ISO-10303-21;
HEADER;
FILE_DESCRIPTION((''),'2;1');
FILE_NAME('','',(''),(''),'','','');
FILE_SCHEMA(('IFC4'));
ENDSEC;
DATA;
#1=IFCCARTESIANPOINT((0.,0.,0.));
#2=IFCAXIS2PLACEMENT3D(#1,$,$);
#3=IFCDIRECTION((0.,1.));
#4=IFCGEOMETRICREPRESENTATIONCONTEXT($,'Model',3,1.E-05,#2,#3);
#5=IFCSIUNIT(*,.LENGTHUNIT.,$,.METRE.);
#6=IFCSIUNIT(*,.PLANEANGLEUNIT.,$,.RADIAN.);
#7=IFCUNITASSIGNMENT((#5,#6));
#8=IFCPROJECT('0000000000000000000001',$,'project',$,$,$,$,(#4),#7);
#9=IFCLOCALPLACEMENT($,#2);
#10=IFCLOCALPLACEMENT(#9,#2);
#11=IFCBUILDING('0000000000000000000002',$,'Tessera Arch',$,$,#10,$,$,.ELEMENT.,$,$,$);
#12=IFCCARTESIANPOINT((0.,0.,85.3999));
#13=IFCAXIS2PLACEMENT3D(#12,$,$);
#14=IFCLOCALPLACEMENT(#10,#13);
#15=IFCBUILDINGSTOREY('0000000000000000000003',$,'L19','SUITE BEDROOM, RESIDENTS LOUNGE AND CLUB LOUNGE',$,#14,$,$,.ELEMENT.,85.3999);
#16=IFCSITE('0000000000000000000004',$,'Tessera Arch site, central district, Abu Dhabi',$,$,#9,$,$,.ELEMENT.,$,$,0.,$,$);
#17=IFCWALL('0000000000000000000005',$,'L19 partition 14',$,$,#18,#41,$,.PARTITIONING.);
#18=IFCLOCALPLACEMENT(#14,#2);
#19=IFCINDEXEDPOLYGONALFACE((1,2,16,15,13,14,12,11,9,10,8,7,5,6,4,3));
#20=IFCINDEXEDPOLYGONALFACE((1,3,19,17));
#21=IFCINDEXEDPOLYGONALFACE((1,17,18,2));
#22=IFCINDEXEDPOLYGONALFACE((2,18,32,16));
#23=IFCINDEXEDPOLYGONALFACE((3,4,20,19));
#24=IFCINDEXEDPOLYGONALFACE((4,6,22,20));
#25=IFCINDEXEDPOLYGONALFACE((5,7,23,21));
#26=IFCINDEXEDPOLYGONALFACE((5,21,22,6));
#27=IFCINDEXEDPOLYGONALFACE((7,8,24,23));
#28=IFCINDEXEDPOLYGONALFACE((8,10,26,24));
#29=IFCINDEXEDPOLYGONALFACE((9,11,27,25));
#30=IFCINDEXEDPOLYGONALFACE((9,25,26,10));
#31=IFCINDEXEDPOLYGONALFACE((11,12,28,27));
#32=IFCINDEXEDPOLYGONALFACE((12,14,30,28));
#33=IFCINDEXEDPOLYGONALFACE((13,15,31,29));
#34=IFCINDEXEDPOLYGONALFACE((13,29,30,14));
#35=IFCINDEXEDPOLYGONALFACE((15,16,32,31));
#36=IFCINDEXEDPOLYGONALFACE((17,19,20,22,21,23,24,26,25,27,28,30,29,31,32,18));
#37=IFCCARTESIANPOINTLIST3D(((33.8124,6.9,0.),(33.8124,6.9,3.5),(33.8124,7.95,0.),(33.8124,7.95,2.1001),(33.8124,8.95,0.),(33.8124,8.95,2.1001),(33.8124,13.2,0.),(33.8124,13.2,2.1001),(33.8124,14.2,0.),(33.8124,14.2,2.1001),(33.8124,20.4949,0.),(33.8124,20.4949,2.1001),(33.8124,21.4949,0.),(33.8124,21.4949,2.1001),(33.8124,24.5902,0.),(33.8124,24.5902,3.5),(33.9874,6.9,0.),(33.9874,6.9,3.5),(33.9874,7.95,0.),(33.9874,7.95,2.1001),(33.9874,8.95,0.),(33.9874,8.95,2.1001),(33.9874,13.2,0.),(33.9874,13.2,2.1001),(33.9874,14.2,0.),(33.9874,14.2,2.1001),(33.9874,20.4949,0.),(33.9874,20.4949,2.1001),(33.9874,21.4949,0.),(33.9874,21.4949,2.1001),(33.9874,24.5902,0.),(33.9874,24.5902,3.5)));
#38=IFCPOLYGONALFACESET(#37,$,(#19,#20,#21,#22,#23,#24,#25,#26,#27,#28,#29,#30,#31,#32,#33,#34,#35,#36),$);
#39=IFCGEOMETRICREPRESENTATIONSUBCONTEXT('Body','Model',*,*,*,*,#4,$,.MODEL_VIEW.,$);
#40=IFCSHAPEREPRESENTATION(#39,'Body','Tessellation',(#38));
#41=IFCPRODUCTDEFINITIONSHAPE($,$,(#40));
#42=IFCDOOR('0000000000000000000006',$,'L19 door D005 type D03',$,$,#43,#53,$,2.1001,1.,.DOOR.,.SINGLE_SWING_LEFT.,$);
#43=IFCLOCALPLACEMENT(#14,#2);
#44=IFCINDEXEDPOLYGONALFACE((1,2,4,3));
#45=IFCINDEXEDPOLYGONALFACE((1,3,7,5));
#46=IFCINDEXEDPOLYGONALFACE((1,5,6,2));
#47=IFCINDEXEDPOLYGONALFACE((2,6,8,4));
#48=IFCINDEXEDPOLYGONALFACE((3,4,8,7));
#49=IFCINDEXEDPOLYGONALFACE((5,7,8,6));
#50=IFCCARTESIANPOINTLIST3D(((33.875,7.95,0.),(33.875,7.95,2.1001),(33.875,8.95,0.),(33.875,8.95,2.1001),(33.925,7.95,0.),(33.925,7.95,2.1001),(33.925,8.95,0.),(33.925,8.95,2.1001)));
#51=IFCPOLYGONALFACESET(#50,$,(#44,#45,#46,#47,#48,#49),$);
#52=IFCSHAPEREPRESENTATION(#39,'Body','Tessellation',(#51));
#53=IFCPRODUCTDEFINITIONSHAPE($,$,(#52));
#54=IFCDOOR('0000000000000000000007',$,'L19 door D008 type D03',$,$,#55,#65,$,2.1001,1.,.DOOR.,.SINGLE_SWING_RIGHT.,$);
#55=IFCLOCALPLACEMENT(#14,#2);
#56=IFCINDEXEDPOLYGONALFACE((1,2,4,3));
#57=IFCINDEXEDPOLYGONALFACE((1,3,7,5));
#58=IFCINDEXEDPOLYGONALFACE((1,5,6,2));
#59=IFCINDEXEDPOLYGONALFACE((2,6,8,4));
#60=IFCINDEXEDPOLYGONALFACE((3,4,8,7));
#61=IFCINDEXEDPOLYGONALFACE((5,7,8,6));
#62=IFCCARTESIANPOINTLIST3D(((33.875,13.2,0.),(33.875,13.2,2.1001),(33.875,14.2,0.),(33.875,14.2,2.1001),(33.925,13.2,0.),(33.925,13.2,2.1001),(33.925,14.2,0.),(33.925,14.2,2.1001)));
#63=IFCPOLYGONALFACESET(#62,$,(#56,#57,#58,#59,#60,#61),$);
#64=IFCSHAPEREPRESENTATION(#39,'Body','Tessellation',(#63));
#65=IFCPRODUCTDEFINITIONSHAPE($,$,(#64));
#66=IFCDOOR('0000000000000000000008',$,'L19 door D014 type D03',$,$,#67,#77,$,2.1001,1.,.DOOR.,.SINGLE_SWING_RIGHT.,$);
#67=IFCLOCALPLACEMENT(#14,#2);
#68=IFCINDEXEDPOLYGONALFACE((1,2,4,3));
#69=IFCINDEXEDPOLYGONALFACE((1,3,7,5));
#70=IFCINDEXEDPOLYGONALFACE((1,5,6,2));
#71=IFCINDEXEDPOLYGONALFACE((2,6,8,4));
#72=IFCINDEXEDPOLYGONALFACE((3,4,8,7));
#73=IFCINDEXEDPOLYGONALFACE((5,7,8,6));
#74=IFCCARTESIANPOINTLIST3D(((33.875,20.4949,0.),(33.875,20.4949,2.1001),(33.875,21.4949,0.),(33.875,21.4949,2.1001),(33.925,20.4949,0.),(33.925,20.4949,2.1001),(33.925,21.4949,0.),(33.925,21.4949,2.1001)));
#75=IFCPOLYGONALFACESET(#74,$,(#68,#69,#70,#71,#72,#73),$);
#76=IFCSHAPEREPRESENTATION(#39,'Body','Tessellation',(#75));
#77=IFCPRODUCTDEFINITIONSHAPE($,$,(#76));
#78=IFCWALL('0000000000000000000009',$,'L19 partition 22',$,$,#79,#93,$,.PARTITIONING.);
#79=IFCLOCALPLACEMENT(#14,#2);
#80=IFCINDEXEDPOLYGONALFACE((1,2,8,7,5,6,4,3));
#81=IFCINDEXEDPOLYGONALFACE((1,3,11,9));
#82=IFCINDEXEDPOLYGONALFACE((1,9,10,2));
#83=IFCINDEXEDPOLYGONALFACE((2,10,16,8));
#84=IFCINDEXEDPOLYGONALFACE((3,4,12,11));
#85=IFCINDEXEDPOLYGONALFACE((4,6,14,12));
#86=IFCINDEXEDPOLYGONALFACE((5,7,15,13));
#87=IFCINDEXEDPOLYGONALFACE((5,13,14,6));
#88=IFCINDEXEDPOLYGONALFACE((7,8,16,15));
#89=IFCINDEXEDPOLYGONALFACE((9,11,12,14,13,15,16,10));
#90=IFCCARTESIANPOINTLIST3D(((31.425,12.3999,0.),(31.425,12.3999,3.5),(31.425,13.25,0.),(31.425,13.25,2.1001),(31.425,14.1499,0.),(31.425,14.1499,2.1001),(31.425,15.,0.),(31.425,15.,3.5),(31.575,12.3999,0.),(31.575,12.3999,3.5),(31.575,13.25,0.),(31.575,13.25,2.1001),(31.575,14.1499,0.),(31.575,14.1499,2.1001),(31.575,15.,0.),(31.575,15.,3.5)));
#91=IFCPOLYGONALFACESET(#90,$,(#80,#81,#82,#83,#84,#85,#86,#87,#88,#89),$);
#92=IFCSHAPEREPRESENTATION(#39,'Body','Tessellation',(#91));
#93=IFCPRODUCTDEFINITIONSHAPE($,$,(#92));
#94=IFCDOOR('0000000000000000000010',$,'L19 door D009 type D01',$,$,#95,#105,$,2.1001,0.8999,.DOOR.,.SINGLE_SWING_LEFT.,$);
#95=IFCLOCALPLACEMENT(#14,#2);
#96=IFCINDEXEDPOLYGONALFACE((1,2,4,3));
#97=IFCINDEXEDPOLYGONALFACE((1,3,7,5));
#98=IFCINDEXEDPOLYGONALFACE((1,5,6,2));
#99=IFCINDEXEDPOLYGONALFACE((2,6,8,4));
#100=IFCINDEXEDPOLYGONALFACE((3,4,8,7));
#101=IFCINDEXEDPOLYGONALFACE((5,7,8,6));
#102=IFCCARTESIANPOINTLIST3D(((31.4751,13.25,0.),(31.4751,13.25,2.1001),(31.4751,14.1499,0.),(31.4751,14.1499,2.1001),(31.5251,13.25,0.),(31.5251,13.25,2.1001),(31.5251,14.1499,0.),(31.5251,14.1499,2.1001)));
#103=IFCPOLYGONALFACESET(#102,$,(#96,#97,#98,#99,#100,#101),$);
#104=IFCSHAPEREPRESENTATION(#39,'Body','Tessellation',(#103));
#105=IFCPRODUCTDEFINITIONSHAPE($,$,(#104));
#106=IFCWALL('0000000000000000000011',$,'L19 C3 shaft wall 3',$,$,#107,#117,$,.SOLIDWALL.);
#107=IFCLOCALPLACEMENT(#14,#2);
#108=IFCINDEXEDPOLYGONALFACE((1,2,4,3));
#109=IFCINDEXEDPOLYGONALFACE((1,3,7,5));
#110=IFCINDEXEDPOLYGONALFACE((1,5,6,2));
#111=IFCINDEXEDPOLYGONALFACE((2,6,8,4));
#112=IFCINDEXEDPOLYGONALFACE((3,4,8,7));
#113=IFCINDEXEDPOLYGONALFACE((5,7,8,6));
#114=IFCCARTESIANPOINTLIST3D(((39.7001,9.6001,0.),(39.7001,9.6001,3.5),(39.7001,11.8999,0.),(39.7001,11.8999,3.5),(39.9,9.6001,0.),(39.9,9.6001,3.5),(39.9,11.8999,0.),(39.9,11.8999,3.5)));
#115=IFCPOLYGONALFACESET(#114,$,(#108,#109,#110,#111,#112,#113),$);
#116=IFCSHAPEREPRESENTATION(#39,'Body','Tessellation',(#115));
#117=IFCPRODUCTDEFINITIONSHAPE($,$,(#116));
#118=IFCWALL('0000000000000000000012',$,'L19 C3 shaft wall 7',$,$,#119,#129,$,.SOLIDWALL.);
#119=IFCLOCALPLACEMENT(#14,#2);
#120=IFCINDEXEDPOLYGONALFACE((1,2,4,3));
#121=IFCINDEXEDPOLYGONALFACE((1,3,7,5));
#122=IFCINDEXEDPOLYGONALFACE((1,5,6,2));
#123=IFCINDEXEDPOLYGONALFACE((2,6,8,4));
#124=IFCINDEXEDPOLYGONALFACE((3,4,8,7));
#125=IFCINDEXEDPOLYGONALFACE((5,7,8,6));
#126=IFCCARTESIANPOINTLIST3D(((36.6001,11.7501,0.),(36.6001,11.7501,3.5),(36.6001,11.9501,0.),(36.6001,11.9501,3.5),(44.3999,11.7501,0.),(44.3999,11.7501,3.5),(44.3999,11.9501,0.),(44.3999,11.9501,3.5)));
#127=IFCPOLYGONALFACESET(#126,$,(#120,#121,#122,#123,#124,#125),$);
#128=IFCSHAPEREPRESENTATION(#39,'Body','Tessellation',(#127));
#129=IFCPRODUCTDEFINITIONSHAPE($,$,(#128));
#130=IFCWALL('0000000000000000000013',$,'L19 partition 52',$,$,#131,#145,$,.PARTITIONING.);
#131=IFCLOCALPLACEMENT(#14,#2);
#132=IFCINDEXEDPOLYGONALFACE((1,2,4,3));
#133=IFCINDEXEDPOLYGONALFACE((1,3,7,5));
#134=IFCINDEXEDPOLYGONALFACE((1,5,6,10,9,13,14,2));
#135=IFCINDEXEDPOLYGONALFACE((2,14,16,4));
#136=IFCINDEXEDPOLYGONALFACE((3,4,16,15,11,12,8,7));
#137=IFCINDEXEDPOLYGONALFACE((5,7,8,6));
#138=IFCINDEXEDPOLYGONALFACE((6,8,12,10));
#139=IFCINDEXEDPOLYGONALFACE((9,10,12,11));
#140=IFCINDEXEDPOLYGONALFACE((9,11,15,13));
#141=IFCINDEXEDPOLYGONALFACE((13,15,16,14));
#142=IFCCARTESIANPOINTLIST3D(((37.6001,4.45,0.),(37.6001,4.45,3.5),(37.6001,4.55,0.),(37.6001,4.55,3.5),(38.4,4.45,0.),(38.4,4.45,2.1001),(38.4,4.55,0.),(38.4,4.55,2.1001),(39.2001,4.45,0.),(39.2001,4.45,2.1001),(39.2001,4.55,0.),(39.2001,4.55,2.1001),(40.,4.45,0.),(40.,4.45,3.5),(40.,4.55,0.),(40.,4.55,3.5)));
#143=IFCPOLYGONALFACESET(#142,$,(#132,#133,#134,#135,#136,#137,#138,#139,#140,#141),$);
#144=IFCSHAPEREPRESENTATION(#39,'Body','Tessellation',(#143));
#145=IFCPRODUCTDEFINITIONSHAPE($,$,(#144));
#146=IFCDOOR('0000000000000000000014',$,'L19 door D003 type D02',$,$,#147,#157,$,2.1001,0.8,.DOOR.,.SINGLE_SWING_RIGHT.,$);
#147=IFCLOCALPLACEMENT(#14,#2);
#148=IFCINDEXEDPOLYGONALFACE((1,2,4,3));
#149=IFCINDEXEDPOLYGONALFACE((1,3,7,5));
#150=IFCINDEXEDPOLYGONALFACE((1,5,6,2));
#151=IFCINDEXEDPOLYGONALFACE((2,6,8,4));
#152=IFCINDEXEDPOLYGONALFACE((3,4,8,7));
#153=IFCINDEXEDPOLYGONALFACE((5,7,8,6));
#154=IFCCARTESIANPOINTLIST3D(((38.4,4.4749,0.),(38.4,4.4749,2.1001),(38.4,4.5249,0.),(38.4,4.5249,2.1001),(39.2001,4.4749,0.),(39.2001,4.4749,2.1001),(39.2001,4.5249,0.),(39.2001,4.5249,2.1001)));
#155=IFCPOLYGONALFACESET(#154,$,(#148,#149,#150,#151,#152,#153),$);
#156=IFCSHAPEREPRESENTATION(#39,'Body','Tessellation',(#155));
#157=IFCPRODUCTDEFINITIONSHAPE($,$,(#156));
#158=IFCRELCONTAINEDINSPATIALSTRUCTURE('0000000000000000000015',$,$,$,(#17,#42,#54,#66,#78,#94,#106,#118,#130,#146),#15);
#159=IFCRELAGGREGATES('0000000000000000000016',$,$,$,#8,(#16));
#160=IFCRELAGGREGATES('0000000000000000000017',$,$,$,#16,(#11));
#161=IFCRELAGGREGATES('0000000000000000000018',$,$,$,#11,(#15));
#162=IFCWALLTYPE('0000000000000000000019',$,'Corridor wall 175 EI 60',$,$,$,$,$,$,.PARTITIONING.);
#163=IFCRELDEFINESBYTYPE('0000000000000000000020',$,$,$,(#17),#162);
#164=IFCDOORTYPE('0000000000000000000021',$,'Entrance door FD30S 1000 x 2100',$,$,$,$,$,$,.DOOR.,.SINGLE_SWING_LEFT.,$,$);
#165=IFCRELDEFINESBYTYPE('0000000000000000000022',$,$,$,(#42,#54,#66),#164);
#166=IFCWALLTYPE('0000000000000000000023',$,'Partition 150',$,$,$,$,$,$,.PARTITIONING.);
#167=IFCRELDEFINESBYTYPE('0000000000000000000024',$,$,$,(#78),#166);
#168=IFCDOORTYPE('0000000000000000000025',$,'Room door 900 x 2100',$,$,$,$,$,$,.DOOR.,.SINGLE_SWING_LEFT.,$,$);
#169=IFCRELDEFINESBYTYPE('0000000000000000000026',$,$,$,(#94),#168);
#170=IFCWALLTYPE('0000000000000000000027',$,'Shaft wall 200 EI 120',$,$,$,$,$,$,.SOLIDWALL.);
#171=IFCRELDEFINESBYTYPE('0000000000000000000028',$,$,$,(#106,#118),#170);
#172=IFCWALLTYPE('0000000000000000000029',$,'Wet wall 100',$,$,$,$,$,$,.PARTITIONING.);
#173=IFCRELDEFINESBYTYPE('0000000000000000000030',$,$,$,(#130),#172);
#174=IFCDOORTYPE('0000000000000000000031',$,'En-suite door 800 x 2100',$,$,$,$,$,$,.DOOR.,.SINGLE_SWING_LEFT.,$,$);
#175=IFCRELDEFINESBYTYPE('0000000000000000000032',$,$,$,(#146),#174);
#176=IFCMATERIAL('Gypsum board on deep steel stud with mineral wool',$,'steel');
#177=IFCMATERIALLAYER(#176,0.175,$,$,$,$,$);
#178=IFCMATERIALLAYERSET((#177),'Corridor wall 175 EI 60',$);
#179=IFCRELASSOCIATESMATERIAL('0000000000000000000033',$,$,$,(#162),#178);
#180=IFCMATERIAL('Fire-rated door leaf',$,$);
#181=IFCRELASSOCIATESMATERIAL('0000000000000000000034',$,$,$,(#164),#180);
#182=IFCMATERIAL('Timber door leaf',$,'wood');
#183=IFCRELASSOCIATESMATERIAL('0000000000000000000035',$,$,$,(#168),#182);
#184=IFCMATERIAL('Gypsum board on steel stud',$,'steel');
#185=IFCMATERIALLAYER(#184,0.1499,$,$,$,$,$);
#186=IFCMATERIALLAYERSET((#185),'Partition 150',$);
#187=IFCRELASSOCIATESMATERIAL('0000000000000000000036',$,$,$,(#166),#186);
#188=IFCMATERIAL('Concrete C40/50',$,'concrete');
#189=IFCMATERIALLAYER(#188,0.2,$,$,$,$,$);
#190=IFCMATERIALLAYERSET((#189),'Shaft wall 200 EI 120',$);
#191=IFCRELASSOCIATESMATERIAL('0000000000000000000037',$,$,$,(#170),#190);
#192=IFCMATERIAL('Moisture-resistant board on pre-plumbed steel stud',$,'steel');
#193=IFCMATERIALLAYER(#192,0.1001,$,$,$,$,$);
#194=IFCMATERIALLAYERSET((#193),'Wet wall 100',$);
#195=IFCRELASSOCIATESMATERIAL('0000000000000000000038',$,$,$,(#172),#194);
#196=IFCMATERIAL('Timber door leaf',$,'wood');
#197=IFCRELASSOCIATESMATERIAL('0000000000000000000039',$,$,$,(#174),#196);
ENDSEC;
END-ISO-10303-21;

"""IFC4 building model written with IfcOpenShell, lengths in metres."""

from ifc_helpers import new_model, si_unit, direction, frame, frame_2d, origin, place, context, subcontext, project, spatial, rectangle, extrude, material, layer, layer_set, type_object, element, fill, save


model = new_model("IFC4")

# Units and contexts
model_context = context("Model", 3, precision=1e-05, world=origin(), true_north=direction((0.0, 1.0)))
body_context = subcontext(model_context, "Body", "Model", "MODEL_VIEW")
ifc_project = project(units=[si_unit("LENGTHUNIT", "METRE"), si_unit("PLANEANGLEUNIT", "RADIAN")], contexts=[model_context])

# Site, building, storey
site_placement = place(None, origin())
site = spatial("IfcSite", under=ifc_project, at=site_placement, Name="Tessera Arch site, central district, Abu Dhabi", CompositionType="ELEMENT", RefElevation=0.0)
building_placement = place(site_placement, origin())
building = spatial("IfcBuilding", under=site, at=building_placement, Name="Tessera Arch", CompositionType="ELEMENT")
storey_placement = place(building_placement, frame((0.0, 0.0, 85.3999)))
storey = spatial("IfcBuildingStorey", under=building, at=storey_placement, Name="L19", Description="SUITE BEDROOM, RESIDENTS LOUNGE AND CLUB LOUNGE", CompositionType="ELEMENT", Elevation=85.3999)

# Wall, openings, doors
ifc_material_1 = material(Name="Gypsum board on deep steel stud with mineral wool", Category="steel")
ifc_layer_1 = layer(ifc_material_1, 0.175)
ifc_layer_set_1 = layer_set([ifc_layer_1], Name="Corridor wall 175 EI 60")
wall_type_1 = type_object("IfcWallType", Name="Corridor wall 175 EI 60", PredefinedType="PARTITIONING", material=ifc_layer_set_1)
ifc_material_2 = material(Name="Fire-rated door leaf")
door_type_1 = type_object("IfcDoorType", Name="Entrance door FD30S 1000 x 2100", OperationType="SINGLE_SWING_LEFT", PredefinedType="DOOR", material=ifc_material_2)
ifc_material_3 = material(Name="Timber door leaf", Category="wood")
door_type_2 = type_object("IfcDoorType", Name="Room door 900 x 2100", OperationType="SINGLE_SWING_LEFT", PredefinedType="DOOR", material=ifc_material_3)
wall_1_placement = place(storey_placement, frame((33.8999, 6.8999, 0.0), z_axis=(0.0, 0.0, 1.0), x_axis=(0.0, 1.0, 0.0)))
wall_1 = element("IfcWall", 1, at=wall_1_placement, inside=storey, type_object=wall_type_1, Name="L19 partition 14", PredefinedType="PARTITIONING", context=body_context, shape_type="SweptSolid", body=[
    extrude(rectangle(XDim=17.6902, YDim=0.175, at=frame_2d((8.8452, 0.0))), origin(), (0.0, 0.0, 1.0), 3.5),
])
opening_1_placement = place(wall_1_placement, frame((1.05, 0.0, 0.0)))
opening_1 = element("IfcOpeningElement", 2, at=opening_1_placement, cuts=wall_1, PredefinedType="OPENING", context=body_context, shape_type="SweptSolid", body=[
    extrude(rectangle(XDim=1.0, YDim=2.1001, at=frame_2d((0.5, 1.05))), frame((0.0, 0.0974, 0.0), z_axis=(0.0, -1.0, 0.0), x_axis=(1.0, 0.0, 0.0)), (0.0, 0.0, 1.0), 0.1951),
])
opening_2_placement = place(wall_1_placement, frame((6.3, 0.0, 0.0)))
opening_2 = element("IfcOpeningElement", 3, at=opening_2_placement, cuts=wall_1, PredefinedType="OPENING", context=body_context, shape_type="SweptSolid", body=[
    extrude(rectangle(XDim=1.0, YDim=2.1001, at=frame_2d((0.5, 1.05))), frame((0.0, 0.0974, 0.0), z_axis=(0.0, -1.0, 0.0), x_axis=(1.0, 0.0, 0.0)), (0.0, 0.0, 1.0), 0.1951),
])
opening_3_placement = place(wall_1_placement, frame((13.595, 0.0, 0.0)))
opening_3 = element("IfcOpeningElement", 4, at=opening_3_placement, cuts=wall_1, PredefinedType="OPENING", context=body_context, shape_type="SweptSolid", body=[
    extrude(rectangle(XDim=1.0, YDim=2.1001, at=frame_2d((0.5, 1.05))), frame((0.0, 0.0974, 0.0), z_axis=(0.0, -1.0, 0.0), x_axis=(1.0, 0.0, 0.0)), (0.0, 0.0, 1.0), 0.1951),
])
door_1_placement = place(opening_1_placement, origin())
door_1 = element("IfcDoor", 5, at=door_1_placement, inside=storey, type_object=door_type_1, Name="L19 door D005 type D03", OperationType="SINGLE_SWING_LEFT", OverallHeight=2.1001, OverallWidth=1.0, PredefinedType="DOOR", context=body_context, shape_type="SweptSolid", body=[
    extrude(rectangle(XDim=1.0, YDim=2.1001, at=frame_2d((0.5, 1.05))), frame((0.0, 0.0249, 0.0), z_axis=(0.0, -1.0, 0.0), x_axis=(1.0, 0.0, 0.0)), (0.0, 0.0, 1.0), 0.05),
])
fill(opening_1, door_1)
door_2_placement = place(opening_2_placement, origin())
door_2 = element("IfcDoor", 6, at=door_2_placement, inside=storey, type_object=door_type_1, Name="L19 door D008 type D03", OperationType="SINGLE_SWING_RIGHT", OverallHeight=2.1001, OverallWidth=1.0, PredefinedType="DOOR", context=body_context, shape_type="SweptSolid", body=[
    extrude(rectangle(XDim=1.0, YDim=2.1001, at=frame_2d((0.5, 1.05))), frame((0.0, 0.0249, 0.0), z_axis=(0.0, -1.0, 0.0), x_axis=(1.0, 0.0, 0.0)), (0.0, 0.0, 1.0), 0.05),
])
fill(opening_2, door_2)
door_3_placement = place(opening_3_placement, origin())
door_3 = element("IfcDoor", 7, at=door_3_placement, inside=storey, type_object=door_type_1, Name="L19 door D014 type D03", OperationType="SINGLE_SWING_RIGHT", OverallHeight=2.1001, OverallWidth=1.0, PredefinedType="DOOR", context=body_context, shape_type="SweptSolid", body=[
    extrude(rectangle(XDim=1.0, YDim=2.1001, at=frame_2d((0.5, 1.05))), frame((0.0, 0.0249, 0.0), z_axis=(0.0, -1.0, 0.0), x_axis=(1.0, 0.0, 0.0)), (0.0, 0.0, 1.0), 0.05),
])
fill(opening_3, door_3)

# Wall, opening, door
ifc_material_4 = material(Name="Gypsum board on steel stud", Category="steel")
ifc_layer_2 = layer(ifc_material_4, 0.1499)
ifc_layer_set_2 = layer_set([ifc_layer_2], Name="Partition 150")
wall_type_2 = type_object("IfcWallType", Name="Partition 150", PredefinedType="PARTITIONING", material=ifc_layer_set_2)
wall_2_placement = place(storey_placement, frame((31.5, 12.3999, 0.0), z_axis=(0.0, 0.0, 1.0), x_axis=(0.0, 1.0, 0.0)))
wall_2 = element("IfcWall", 8, at=wall_2_placement, inside=storey, type_object=wall_type_2, Name="L19 partition 22", PredefinedType="PARTITIONING", context=body_context, shape_type="SweptSolid", body=[
    extrude(rectangle(XDim=2.6001, YDim=0.1499, at=frame_2d((1.3, 0.0))), origin(), (0.0, 0.0, 1.0), 3.5),
])
opening_4_placement = place(wall_2_placement, frame((0.8501, 0.0, 0.0)))
opening_4 = element("IfcOpeningElement", 9, at=opening_4_placement, cuts=wall_2, PredefinedType="OPENING", context=body_context, shape_type="SweptSolid", body=[
    extrude(rectangle(XDim=0.8999, YDim=2.1001, at=frame_2d((0.45, 1.05))), frame((0.0, 0.085, 0.0), z_axis=(0.0, -1.0, 0.0), x_axis=(1.0, 0.0, 0.0)), (0.0, 0.0, 1.0), 0.1699),
])
door_4_placement = place(opening_4_placement, origin())
door_4 = element("IfcDoor", 10, at=door_4_placement, inside=storey, type_object=door_type_2, Name="L19 door D009 type D01", OperationType="SINGLE_SWING_LEFT", OverallHeight=2.1001, OverallWidth=0.8999, PredefinedType="DOOR", context=body_context, shape_type="SweptSolid", body=[
    extrude(rectangle(XDim=0.8999, YDim=2.1001, at=frame_2d((0.45, 1.05))), frame((0.0, 0.0249, 0.0), z_axis=(0.0, -1.0, 0.0), x_axis=(1.0, 0.0, 0.0)), (0.0, 0.0, 1.0), 0.05),
])
fill(opening_4, door_4)

# Walls
ifc_material_5 = material(Name="Concrete C40/50", Category="concrete")
ifc_layer_3 = layer(ifc_material_5, 0.2)
ifc_layer_set_3 = layer_set([ifc_layer_3], Name="Shaft wall 200 EI 120")
wall_type_3 = type_object("IfcWallType", Name="Shaft wall 200 EI 120", PredefinedType="SOLIDWALL", material=ifc_layer_set_3)
wall_3_placement = place(storey_placement, frame((39.8, 9.6001, 0.0), z_axis=(0.0, 0.0, 1.0), x_axis=(0.0, 1.0, 0.0)))
element("IfcWall", 11, at=wall_3_placement, inside=storey, type_object=wall_type_3, Name="L19 C3 shaft wall 3", PredefinedType="SOLIDWALL", context=body_context, shape_type="SweptSolid", body=[
    extrude(rectangle(XDim=2.2998, YDim=0.2, at=frame_2d((1.1499, 0.0))), origin(), (0.0, 0.0, 1.0), 3.5),
])
wall_4_placement = place(storey_placement, frame((36.6001, 11.8501, 0.0), z_axis=(0.0, 0.0, 1.0), x_axis=(1.0, 0.0, 0.0)))
element("IfcWall", 12, at=wall_4_placement, inside=storey, type_object=wall_type_3, Name="L19 C3 shaft wall 7", PredefinedType="SOLIDWALL", context=body_context, shape_type="SweptSolid", body=[
    extrude(rectangle(XDim=7.7998, YDim=0.2, at=frame_2d((3.8999, 0.0))), origin(), (0.0, 0.0, 1.0), 3.5),
])

# Wall, opening, door
ifc_material_6 = material(Name="Moisture-resistant board on pre-plumbed steel stud", Category="steel")
ifc_layer_4 = layer(ifc_material_6, 0.1001)
ifc_layer_set_4 = layer_set([ifc_layer_4], Name="Wet wall 100")
wall_type_4 = type_object("IfcWallType", Name="Wet wall 100", PredefinedType="PARTITIONING", material=ifc_layer_set_4)
wall_5_placement = place(storey_placement, frame((37.6001, 4.5, 0.0), z_axis=(0.0, 0.0, 1.0), x_axis=(1.0, 0.0, 0.0)))
wall_5 = element("IfcWall", 13, at=wall_5_placement, inside=storey, type_object=wall_type_4, Name="L19 partition 52", PredefinedType="PARTITIONING", context=body_context, shape_type="SweptSolid", body=[
    extrude(rectangle(XDim=2.3999, YDim=0.1001, at=frame_2d((1.2, 0.0))), origin(), (0.0, 0.0, 1.0), 3.5),
])
opening_5_placement = place(wall_5_placement, frame((0.8, 0.0, 0.0)))
opening_5 = element("IfcOpeningElement", 14, at=opening_5_placement, cuts=wall_5, PredefinedType="OPENING", context=body_context, shape_type="SweptSolid", body=[
    extrude(rectangle(XDim=0.8, YDim=2.1001, at=frame_2d((0.3999, 1.05))), frame((0.0, 0.0601, 0.0), z_axis=(0.0, -1.0, 0.0), x_axis=(1.0, 0.0, 0.0)), (0.0, 0.0, 1.0), 0.1201),
])
ifc_material_7 = material(Name="Timber door leaf", Category="wood")
door_type_3 = type_object("IfcDoorType", Name="En-suite door 800 x 2100", OperationType="SINGLE_SWING_LEFT", PredefinedType="DOOR", material=ifc_material_7)
door_5_placement = place(opening_5_placement, origin())
door_5 = element("IfcDoor", 15, at=door_5_placement, inside=storey, type_object=door_type_3, Name="L19 door D003 type D02", OperationType="SINGLE_SWING_RIGHT", OverallHeight=2.1001, OverallWidth=0.8, PredefinedType="DOOR", context=body_context, shape_type="SweptSolid", body=[
    extrude(rectangle(XDim=0.8, YDim=2.1001, at=frame_2d((0.3999, 1.05))), frame((0.0, 0.0249, 0.0), z_axis=(0.0, -1.0, 0.0), x_axis=(1.0, 0.0, 0.0)), (0.0, 0.0, 1.0), 0.05),
])
fill(opening_5, door_5)

save(model, "model.ifc")
